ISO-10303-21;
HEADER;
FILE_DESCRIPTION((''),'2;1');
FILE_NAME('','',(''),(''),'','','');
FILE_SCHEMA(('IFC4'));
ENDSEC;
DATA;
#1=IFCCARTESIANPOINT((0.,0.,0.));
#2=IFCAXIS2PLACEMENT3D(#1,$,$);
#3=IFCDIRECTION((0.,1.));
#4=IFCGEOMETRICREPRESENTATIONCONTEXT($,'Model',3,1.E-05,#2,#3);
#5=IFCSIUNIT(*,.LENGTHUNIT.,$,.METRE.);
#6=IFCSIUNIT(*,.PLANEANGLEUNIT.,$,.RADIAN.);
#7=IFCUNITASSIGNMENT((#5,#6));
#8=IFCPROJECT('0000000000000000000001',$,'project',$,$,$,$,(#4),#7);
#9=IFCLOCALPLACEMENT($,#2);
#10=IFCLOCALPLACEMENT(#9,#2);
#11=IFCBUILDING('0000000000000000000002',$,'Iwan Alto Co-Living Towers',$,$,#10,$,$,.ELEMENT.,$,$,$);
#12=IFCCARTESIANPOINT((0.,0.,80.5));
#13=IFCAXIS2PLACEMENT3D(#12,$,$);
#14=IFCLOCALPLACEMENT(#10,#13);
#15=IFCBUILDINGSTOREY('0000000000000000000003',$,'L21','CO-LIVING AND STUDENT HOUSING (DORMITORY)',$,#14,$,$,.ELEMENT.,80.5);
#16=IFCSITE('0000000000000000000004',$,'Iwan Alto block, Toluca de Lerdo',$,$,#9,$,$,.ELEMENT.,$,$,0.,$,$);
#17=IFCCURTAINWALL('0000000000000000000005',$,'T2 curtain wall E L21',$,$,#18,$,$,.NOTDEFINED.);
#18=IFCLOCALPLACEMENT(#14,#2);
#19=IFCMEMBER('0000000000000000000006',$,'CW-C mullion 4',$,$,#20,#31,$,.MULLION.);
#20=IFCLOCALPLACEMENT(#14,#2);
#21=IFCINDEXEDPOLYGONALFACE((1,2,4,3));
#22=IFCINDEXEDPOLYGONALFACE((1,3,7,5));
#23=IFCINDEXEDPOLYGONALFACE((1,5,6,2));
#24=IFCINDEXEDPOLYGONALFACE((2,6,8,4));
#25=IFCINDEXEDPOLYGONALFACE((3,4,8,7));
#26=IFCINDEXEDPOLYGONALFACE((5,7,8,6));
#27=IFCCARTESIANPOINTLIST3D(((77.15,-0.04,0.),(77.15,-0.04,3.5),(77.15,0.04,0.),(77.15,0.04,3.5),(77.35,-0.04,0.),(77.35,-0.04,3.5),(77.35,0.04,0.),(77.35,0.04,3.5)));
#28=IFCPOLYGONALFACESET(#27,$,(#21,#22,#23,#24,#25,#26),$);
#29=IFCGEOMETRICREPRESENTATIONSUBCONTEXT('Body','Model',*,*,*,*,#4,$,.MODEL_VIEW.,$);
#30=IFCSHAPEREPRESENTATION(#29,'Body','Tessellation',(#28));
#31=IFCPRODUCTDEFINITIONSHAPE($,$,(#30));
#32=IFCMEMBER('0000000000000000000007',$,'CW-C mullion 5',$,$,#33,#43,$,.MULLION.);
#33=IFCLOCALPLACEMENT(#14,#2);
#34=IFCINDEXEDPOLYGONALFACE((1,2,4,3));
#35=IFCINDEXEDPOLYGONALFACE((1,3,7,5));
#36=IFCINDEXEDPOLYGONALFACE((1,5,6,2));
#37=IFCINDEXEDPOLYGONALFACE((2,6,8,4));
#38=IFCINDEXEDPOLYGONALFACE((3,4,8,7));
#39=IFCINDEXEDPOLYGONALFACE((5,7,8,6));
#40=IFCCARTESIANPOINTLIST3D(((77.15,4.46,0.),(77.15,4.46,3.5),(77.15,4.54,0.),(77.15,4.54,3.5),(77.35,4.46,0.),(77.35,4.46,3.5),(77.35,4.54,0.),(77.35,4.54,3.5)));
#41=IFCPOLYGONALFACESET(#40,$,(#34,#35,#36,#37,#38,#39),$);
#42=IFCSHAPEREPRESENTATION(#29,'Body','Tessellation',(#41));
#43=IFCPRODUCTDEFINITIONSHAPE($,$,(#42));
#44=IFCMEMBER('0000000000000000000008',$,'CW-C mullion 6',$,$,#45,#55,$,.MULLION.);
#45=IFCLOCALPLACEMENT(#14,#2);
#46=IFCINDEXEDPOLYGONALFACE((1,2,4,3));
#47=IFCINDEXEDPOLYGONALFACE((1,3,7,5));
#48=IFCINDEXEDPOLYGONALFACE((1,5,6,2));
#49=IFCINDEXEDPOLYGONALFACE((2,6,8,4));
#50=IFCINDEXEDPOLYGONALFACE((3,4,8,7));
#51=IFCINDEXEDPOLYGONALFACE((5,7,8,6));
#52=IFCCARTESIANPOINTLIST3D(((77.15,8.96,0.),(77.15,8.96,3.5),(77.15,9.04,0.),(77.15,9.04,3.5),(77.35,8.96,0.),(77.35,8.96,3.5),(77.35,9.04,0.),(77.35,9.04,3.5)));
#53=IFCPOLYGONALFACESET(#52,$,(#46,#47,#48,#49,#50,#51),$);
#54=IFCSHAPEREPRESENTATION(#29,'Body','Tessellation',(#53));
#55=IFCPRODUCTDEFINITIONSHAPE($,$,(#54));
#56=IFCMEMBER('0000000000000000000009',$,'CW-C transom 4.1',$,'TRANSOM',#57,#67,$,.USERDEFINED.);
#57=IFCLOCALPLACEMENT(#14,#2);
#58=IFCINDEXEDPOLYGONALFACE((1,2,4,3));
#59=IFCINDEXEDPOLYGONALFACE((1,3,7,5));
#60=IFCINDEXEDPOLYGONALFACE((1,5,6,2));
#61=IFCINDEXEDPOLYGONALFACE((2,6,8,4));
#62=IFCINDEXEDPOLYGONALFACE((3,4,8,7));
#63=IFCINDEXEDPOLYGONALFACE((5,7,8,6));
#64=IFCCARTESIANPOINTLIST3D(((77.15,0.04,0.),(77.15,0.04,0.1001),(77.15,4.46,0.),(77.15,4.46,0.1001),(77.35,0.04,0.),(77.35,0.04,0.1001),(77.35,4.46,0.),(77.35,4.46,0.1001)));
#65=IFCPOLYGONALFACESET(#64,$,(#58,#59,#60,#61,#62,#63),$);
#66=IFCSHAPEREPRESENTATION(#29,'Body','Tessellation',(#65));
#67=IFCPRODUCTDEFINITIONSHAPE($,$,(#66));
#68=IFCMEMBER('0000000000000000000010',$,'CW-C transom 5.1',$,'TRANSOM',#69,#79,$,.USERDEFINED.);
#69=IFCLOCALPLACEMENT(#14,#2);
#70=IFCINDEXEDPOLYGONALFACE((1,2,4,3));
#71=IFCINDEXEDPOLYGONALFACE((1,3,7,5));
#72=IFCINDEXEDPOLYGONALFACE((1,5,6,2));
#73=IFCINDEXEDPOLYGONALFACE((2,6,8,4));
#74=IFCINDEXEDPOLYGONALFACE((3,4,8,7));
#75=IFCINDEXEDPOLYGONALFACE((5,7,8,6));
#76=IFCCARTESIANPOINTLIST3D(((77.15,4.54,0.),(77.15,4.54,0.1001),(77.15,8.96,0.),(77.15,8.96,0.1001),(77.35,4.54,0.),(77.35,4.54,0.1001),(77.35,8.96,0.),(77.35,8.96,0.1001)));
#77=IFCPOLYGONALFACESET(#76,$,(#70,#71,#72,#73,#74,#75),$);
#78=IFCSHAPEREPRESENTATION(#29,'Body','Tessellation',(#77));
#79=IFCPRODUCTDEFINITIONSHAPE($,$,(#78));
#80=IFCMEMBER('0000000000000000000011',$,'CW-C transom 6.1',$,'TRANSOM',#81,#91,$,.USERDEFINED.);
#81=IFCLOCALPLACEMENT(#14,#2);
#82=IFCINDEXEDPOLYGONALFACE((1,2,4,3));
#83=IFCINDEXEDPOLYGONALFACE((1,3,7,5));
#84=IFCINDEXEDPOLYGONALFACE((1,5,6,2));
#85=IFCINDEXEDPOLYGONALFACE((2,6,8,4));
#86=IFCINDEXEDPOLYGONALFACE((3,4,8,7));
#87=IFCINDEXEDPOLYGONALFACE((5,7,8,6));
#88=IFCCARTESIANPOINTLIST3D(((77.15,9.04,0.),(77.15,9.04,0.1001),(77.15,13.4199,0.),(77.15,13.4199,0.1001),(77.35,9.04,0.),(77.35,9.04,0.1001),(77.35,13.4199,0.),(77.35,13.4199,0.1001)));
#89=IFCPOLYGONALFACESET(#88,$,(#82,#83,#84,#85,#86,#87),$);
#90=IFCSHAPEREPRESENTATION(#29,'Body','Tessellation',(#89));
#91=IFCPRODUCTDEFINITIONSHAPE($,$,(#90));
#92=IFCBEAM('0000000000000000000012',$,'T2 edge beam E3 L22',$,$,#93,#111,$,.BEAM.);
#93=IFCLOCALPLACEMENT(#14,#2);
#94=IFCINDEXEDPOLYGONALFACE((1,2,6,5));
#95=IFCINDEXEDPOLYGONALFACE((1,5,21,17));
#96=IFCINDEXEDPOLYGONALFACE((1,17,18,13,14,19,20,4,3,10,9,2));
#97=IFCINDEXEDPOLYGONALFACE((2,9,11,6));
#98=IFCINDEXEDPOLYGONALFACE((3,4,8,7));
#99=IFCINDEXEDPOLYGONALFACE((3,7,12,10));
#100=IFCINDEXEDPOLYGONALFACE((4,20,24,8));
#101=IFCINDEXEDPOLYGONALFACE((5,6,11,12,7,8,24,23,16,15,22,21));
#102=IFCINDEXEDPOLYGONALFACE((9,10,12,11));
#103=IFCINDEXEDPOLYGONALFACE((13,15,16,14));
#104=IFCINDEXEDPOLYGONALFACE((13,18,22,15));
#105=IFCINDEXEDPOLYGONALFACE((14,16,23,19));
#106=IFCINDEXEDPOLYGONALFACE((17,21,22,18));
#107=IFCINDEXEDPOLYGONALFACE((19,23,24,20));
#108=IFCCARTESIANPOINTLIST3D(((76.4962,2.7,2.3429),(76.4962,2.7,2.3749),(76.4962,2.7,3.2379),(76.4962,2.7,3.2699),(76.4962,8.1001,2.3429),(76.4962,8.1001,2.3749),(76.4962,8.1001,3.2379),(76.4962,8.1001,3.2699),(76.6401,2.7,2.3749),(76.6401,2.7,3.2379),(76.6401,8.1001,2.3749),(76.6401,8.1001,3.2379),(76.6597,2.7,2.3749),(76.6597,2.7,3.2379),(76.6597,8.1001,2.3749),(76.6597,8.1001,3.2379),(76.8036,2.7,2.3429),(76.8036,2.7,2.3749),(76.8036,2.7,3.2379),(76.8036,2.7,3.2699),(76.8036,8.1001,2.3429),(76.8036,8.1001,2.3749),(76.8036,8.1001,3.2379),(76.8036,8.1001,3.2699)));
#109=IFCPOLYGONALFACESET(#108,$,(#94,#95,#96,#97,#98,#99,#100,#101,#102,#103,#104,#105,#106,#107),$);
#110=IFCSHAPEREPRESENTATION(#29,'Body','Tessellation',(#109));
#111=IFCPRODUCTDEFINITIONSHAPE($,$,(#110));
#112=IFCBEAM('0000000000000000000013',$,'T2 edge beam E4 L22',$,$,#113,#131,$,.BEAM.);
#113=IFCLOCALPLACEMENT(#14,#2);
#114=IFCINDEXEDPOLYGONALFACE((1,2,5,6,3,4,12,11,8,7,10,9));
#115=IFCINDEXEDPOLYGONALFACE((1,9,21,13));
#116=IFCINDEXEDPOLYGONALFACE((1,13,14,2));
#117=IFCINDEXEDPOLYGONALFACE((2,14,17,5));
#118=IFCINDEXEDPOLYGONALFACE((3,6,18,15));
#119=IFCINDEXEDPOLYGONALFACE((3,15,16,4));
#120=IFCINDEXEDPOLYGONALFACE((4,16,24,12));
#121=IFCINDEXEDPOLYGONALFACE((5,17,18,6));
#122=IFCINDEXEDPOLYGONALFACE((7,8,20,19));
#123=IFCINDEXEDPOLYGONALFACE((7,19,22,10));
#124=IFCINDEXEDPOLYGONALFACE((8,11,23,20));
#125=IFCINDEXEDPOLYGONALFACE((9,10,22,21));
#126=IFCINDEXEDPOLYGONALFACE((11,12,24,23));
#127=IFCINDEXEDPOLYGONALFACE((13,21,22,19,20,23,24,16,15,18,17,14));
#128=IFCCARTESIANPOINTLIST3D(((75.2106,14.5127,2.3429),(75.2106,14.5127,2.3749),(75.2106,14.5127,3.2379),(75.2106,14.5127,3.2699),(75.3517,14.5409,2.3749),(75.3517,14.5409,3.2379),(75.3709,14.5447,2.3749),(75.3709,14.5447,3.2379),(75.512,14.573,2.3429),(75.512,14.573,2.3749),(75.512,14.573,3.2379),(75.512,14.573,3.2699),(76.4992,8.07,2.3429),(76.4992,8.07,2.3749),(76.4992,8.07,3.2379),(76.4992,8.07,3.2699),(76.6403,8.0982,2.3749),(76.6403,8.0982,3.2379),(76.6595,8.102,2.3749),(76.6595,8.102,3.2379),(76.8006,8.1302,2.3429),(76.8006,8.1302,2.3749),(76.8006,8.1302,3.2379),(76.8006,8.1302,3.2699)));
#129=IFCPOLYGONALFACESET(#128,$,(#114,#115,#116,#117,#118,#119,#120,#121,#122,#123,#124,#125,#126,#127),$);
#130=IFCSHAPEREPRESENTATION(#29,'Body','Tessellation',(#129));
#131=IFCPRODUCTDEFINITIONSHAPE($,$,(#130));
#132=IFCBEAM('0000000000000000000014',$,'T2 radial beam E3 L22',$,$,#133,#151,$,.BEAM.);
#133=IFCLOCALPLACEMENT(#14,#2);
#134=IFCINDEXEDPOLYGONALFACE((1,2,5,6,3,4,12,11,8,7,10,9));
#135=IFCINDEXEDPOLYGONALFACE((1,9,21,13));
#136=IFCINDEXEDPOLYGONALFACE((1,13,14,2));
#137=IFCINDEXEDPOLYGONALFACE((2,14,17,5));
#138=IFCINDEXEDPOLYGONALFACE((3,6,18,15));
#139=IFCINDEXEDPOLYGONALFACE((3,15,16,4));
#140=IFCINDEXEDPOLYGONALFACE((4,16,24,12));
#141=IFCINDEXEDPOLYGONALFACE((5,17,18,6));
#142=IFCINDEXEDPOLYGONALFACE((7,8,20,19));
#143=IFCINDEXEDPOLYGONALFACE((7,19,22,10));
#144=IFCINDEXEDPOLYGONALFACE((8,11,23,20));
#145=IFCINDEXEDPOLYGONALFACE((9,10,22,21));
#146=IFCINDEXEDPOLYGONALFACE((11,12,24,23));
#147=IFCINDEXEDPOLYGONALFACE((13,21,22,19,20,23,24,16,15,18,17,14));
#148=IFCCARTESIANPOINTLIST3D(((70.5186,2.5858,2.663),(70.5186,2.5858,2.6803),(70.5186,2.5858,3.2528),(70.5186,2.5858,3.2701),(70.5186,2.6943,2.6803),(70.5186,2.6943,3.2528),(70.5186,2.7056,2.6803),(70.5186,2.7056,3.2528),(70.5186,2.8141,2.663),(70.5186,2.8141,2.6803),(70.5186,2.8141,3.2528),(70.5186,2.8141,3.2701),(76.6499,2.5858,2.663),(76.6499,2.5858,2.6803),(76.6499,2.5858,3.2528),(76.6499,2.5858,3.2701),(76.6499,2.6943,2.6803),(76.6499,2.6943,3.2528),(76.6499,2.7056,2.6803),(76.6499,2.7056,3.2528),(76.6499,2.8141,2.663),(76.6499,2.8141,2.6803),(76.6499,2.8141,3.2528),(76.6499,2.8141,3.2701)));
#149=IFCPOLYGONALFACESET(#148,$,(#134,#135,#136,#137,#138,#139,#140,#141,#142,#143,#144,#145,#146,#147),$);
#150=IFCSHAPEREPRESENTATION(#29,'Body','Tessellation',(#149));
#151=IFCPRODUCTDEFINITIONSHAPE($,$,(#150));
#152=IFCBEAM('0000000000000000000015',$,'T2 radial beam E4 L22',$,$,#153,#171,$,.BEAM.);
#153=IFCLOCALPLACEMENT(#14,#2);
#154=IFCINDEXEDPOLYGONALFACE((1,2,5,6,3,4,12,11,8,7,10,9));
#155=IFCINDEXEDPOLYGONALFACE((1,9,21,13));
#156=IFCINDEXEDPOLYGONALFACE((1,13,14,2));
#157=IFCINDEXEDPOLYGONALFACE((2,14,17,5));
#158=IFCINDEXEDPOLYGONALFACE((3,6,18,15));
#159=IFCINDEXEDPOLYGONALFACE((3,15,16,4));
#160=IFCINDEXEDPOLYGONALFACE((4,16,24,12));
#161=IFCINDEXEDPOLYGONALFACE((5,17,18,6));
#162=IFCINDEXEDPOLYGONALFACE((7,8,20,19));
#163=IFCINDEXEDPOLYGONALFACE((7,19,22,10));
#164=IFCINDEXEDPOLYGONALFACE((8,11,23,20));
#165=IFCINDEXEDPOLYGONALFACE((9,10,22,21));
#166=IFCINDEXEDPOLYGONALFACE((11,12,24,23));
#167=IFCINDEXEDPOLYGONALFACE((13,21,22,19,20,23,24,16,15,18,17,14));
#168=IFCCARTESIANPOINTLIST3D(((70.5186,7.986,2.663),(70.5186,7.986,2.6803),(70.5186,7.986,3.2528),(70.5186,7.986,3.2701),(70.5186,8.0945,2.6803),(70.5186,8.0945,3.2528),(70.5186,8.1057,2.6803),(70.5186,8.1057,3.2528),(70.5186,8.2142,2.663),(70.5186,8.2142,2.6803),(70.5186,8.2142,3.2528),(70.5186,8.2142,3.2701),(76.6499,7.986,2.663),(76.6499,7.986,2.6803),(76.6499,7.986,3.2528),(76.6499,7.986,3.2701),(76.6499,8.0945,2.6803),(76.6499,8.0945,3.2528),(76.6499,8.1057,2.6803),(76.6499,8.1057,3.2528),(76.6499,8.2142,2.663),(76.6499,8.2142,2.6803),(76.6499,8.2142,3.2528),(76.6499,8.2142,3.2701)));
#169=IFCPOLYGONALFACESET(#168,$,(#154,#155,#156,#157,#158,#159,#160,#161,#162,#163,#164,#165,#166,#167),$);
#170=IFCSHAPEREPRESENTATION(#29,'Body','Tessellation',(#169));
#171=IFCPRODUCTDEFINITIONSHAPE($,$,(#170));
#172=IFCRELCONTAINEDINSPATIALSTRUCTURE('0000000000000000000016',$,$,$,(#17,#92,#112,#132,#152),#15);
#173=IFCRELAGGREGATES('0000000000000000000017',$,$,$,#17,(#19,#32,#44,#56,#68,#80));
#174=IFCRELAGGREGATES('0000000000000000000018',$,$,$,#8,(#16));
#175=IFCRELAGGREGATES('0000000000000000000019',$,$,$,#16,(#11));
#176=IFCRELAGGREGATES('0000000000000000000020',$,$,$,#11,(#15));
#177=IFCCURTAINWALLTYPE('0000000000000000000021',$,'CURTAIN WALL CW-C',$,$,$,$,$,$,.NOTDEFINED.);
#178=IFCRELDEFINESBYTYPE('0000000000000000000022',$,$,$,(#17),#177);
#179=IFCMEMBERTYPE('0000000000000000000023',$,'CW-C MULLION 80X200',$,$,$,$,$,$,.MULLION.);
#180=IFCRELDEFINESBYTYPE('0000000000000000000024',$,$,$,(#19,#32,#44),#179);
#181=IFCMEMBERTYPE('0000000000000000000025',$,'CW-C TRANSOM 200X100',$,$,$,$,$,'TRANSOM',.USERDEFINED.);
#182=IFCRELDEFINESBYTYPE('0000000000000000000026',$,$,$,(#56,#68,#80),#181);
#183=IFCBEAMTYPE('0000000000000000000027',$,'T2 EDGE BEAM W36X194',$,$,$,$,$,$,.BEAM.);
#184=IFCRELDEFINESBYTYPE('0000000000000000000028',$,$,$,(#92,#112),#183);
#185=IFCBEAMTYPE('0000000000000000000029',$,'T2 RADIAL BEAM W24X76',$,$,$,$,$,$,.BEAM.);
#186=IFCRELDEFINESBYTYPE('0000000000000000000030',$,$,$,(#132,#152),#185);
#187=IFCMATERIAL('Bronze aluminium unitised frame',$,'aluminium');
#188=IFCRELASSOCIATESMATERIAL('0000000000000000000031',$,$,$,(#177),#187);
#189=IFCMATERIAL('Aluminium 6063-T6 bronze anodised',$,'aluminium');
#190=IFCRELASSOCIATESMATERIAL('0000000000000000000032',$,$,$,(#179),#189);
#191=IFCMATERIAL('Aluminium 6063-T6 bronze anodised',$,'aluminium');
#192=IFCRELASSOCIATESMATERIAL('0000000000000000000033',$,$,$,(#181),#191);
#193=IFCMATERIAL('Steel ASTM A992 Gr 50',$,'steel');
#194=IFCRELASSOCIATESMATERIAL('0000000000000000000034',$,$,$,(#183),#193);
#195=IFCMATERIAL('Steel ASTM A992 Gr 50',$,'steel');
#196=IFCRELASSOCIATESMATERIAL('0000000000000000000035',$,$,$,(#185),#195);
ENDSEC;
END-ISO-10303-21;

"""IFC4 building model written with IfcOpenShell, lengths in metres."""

from ifc_helpers import new_model, si_unit, direction, frame, origin, origin_2d, place, context, subcontext, project, spatial, rectangle, i_section, extrude, material, material_profile, profile_set, type_object, element, aggregate, save


model = new_model("IFC4")

# Units and contexts
model_context = context("Model", 3, precision=1e-05, world=origin(), true_north=direction((0.0, 1.0)))
body_context = subcontext(model_context, "Body", "Model", "MODEL_VIEW")
ifc_project = project(units=[si_unit("LENGTHUNIT", "METRE"), si_unit("PLANEANGLEUNIT", "RADIAN")], contexts=[model_context])

# Site, building, storey
site_placement = place(None, origin())
site = spatial("IfcSite", under=ifc_project, at=site_placement, Name="Iwan Alto block, Toluca de Lerdo", CompositionType="ELEMENT", RefElevation=0.0)
building_placement = place(site_placement, origin())
building = spatial("IfcBuilding", under=site, at=building_placement, Name="Iwan Alto Co-Living Towers", CompositionType="ELEMENT")
storey_placement = place(building_placement, frame((0.0, 0.0, 80.5)))
storey = spatial("IfcBuildingStorey", under=building, at=storey_placement, Name="L21", Description="CO-LIVING AND STUDENT HOUSING (DORMITORY)", CompositionType="ELEMENT", Elevation=80.5)

# Curtain wall, members
ifc_material_1 = material(Name="Bronze aluminium unitised frame", Category="aluminium")
curtain_wall_type = type_object("IfcCurtainWallType", Name="CURTAIN WALL CW-C", PredefinedType="NOTDEFINED", material=ifc_material_1)
curtain_wall_placement = place(storey_placement, origin())
curtain_wall = element("IfcCurtainWall", 1, at=curtain_wall_placement, inside=storey, type_object=curtain_wall_type, Name="T2 curtain wall E L21", PredefinedType="NOTDEFINED")
ifc_material_2 = material(Name="Aluminium 6063-T6 bronze anodised", Category="aluminium")
ifc_material_profile_1 = material_profile(ifc_material_2, rectangle(XDim=0.2, YDim=0.0801, at=origin_2d()), Name="AL 80X200")
ifc_profile_set_1 = profile_set([ifc_material_profile_1], Name="Aluminium 6063-T6 bronze anodised")
member_type_1 = type_object("IfcMemberType", Name="CW-C MULLION 80X200", PredefinedType="MULLION", material=ifc_profile_set_1)
member_1_placement = place(storey_placement, frame((77.25, 0.0, 0.0), z_axis=(0.0, 0.0, 1.0), x_axis=(-1.0, 0.0, 0.0)))
member_1 = element("IfcMember", 2, at=member_1_placement, type_object=member_type_1, Name="CW-C mullion 4", PredefinedType="MULLION", context=body_context, shape_type="SweptSolid", body=[
    extrude(rectangle(XDim=0.2, YDim=0.0801, at=origin_2d()), origin(), (0.0, 0.0, 1.0), 3.5),
])
member_2_placement = place(storey_placement, frame((77.25, 4.5, 0.0), z_axis=(0.0, 0.0, 1.0), x_axis=(-1.0, 0.0, 0.0)))
member_2 = element("IfcMember", 3, at=member_2_placement, type_object=member_type_1, Name="CW-C mullion 5", PredefinedType="MULLION", context=body_context, shape_type="SweptSolid", body=[
    extrude(rectangle(XDim=0.2, YDim=0.0801, at=origin_2d()), origin(), (0.0, 0.0, 1.0), 3.5),
])
member_3_placement = place(storey_placement, frame((77.25, 9.0, 0.0), z_axis=(0.0, 0.0, 1.0), x_axis=(-1.0, 0.0, 0.0)))
member_3 = element("IfcMember", 4, at=member_3_placement, type_object=member_type_1, Name="CW-C mullion 6", PredefinedType="MULLION", context=body_context, shape_type="SweptSolid", body=[
    extrude(rectangle(XDim=0.2, YDim=0.0801, at=origin_2d()), origin(), (0.0, 0.0, 1.0), 3.5),
])
ifc_material_3 = material(Name="Aluminium 6063-T6 bronze anodised", Category="aluminium")
ifc_material_profile_2 = material_profile(ifc_material_3, rectangle(XDim=0.2, YDim=0.1001, at=origin_2d()), Name="AL 200X100")
ifc_profile_set_2 = profile_set([ifc_material_profile_2], Name="Aluminium 6063-T6 bronze anodised")
member_type_2 = type_object("IfcMemberType", Name="CW-C TRANSOM 200X100", ElementType="TRANSOM", PredefinedType="USERDEFINED", material=ifc_profile_set_2)
member_4_placement = place(storey_placement, frame((77.25, 0.04, 0.05), z_axis=(0.0, 1.0, 0.0), x_axis=(-1.0, 0.0, 0.0)))
member_4 = element("IfcMember", 5, at=member_4_placement, type_object=member_type_2, Name="CW-C transom 4.1", ObjectType="TRANSOM", PredefinedType="USERDEFINED", context=body_context, shape_type="SweptSolid", body=[
    extrude(rectangle(XDim=0.2, YDim=0.1001, at=origin_2d()), origin(), (0.0, 0.0, 1.0), 4.4199),
])
member_5_placement = place(storey_placement, frame((77.25, 4.54, 0.05), z_axis=(0.0, 1.0, 0.0), x_axis=(-1.0, 0.0, 0.0)))
member_5 = element("IfcMember", 6, at=member_5_placement, type_object=member_type_2, Name="CW-C transom 5.1", ObjectType="TRANSOM", PredefinedType="USERDEFINED", context=body_context, shape_type="SweptSolid", body=[
    extrude(rectangle(XDim=0.2, YDim=0.1001, at=origin_2d()), origin(), (0.0, 0.0, 1.0), 4.4199),
])
member_6_placement = place(storey_placement, frame((77.25, 9.04, 0.05), z_axis=(0.0, 1.0, 0.0), x_axis=(-1.0, 0.0, 0.0)))
member_6 = element("IfcMember", 7, at=member_6_placement, type_object=member_type_2, Name="CW-C transom 6.1", ObjectType="TRANSOM", PredefinedType="USERDEFINED", context=body_context, shape_type="SweptSolid", body=[
    extrude(rectangle(XDim=0.2, YDim=0.1001, at=origin_2d()), origin(), (0.0, 0.0, 1.0), 4.3799),
])

# Beams
ifc_material_4 = material(Name="Steel ASTM A992 Gr 50", Category="steel")
ifc_material_profile_3 = material_profile(ifc_material_4, i_section(OverallWidth=0.3074, OverallDepth=0.927, WebThickness=0.0195, FlangeThickness=0.032, at=origin_2d()), Name="W36X194")
ifc_profile_set_3 = profile_set([ifc_material_profile_3], Name="Steel ASTM A992 Gr 50")
beam_type_1 = type_object("IfcBeamType", Name="T2 EDGE BEAM W36X194", PredefinedType="BEAM", material=ifc_profile_set_3)
beam_1_placement = place(storey_placement, frame((76.6499, 2.7, 2.8064), z_axis=(0.0, 1.0, 0.0), x_axis=(-1.0, 0.0, 0.0)))
element("IfcBeam", 8, at=beam_1_placement, inside=storey, type_object=beam_type_1, Name="T2 edge beam E3 L22", PredefinedType="BEAM", context=body_context, shape_type="SweptSolid", body=[
    extrude(i_section(OverallWidth=0.3074, OverallDepth=0.927, WebThickness=0.0195, FlangeThickness=0.032, at=origin_2d()), origin(), (0.0, 0.0, 1.0), 5.4001),
])
beam_2_placement = place(storey_placement, frame((76.6499, 8.1001, 2.8064), z_axis=(-0.196123, 0.980579, 0.0), x_axis=(-0.980579, -0.196123, 0.0)))
element("IfcBeam", 9, at=beam_2_placement, inside=storey, type_object=beam_type_1, Name="T2 edge beam E4 L22", PredefinedType="BEAM", context=body_context, shape_type="SweptSolid", body=[
    extrude(i_section(OverallWidth=0.3074, OverallDepth=0.927, WebThickness=0.0195, FlangeThickness=0.032, at=origin_2d()), origin(), (0.0, 0.0, 1.0), 6.5703),
])
ifc_material_5 = material(Name="Steel ASTM A992 Gr 50", Category="steel")
ifc_material_profile_4 = material_profile(ifc_material_5, i_section(OverallWidth=0.2283, OverallDepth=0.6072, WebThickness=0.0112, FlangeThickness=0.0173, at=origin_2d()), Name="W24X76")
ifc_profile_set_4 = profile_set([ifc_material_profile_4], Name="Steel ASTM A992 Gr 50")
beam_type_2 = type_object("IfcBeamType", Name="T2 RADIAL BEAM W24X76", PredefinedType="BEAM", material=ifc_profile_set_4)
for number, where, z_axis, x_axis, name in (
    (10, (76.6499, 2.7, 2.9666), (-1.0, 0.0, 0.0), (0.0, -1.0, 0.0), "T2 radial beam E3 L22"),
    (11, (76.6499, 8.1001, 2.9666), (-1.0, 0.0, 0.0), (0.0, -1.0, 0.0), "T2 radial beam E4 L22"),
):
    element("IfcBeam", number, at=place(storey_placement, frame(where, z_axis=z_axis, x_axis=x_axis)), inside=storey, type_object=beam_type_2, Name=name, PredefinedType="BEAM", context=body_context, shape_type="SweptSolid", body=[
        extrude(i_section(OverallWidth=0.2283, OverallDepth=0.6072, WebThickness=0.0112, FlangeThickness=0.0173, at=origin_2d()), origin(), (0.0, 0.0, 1.0), 6.1313),
    ])

aggregate(curtain_wall, [member_1, member_2, member_3, member_4, member_5, member_6])

save(model, "model.ifc")
